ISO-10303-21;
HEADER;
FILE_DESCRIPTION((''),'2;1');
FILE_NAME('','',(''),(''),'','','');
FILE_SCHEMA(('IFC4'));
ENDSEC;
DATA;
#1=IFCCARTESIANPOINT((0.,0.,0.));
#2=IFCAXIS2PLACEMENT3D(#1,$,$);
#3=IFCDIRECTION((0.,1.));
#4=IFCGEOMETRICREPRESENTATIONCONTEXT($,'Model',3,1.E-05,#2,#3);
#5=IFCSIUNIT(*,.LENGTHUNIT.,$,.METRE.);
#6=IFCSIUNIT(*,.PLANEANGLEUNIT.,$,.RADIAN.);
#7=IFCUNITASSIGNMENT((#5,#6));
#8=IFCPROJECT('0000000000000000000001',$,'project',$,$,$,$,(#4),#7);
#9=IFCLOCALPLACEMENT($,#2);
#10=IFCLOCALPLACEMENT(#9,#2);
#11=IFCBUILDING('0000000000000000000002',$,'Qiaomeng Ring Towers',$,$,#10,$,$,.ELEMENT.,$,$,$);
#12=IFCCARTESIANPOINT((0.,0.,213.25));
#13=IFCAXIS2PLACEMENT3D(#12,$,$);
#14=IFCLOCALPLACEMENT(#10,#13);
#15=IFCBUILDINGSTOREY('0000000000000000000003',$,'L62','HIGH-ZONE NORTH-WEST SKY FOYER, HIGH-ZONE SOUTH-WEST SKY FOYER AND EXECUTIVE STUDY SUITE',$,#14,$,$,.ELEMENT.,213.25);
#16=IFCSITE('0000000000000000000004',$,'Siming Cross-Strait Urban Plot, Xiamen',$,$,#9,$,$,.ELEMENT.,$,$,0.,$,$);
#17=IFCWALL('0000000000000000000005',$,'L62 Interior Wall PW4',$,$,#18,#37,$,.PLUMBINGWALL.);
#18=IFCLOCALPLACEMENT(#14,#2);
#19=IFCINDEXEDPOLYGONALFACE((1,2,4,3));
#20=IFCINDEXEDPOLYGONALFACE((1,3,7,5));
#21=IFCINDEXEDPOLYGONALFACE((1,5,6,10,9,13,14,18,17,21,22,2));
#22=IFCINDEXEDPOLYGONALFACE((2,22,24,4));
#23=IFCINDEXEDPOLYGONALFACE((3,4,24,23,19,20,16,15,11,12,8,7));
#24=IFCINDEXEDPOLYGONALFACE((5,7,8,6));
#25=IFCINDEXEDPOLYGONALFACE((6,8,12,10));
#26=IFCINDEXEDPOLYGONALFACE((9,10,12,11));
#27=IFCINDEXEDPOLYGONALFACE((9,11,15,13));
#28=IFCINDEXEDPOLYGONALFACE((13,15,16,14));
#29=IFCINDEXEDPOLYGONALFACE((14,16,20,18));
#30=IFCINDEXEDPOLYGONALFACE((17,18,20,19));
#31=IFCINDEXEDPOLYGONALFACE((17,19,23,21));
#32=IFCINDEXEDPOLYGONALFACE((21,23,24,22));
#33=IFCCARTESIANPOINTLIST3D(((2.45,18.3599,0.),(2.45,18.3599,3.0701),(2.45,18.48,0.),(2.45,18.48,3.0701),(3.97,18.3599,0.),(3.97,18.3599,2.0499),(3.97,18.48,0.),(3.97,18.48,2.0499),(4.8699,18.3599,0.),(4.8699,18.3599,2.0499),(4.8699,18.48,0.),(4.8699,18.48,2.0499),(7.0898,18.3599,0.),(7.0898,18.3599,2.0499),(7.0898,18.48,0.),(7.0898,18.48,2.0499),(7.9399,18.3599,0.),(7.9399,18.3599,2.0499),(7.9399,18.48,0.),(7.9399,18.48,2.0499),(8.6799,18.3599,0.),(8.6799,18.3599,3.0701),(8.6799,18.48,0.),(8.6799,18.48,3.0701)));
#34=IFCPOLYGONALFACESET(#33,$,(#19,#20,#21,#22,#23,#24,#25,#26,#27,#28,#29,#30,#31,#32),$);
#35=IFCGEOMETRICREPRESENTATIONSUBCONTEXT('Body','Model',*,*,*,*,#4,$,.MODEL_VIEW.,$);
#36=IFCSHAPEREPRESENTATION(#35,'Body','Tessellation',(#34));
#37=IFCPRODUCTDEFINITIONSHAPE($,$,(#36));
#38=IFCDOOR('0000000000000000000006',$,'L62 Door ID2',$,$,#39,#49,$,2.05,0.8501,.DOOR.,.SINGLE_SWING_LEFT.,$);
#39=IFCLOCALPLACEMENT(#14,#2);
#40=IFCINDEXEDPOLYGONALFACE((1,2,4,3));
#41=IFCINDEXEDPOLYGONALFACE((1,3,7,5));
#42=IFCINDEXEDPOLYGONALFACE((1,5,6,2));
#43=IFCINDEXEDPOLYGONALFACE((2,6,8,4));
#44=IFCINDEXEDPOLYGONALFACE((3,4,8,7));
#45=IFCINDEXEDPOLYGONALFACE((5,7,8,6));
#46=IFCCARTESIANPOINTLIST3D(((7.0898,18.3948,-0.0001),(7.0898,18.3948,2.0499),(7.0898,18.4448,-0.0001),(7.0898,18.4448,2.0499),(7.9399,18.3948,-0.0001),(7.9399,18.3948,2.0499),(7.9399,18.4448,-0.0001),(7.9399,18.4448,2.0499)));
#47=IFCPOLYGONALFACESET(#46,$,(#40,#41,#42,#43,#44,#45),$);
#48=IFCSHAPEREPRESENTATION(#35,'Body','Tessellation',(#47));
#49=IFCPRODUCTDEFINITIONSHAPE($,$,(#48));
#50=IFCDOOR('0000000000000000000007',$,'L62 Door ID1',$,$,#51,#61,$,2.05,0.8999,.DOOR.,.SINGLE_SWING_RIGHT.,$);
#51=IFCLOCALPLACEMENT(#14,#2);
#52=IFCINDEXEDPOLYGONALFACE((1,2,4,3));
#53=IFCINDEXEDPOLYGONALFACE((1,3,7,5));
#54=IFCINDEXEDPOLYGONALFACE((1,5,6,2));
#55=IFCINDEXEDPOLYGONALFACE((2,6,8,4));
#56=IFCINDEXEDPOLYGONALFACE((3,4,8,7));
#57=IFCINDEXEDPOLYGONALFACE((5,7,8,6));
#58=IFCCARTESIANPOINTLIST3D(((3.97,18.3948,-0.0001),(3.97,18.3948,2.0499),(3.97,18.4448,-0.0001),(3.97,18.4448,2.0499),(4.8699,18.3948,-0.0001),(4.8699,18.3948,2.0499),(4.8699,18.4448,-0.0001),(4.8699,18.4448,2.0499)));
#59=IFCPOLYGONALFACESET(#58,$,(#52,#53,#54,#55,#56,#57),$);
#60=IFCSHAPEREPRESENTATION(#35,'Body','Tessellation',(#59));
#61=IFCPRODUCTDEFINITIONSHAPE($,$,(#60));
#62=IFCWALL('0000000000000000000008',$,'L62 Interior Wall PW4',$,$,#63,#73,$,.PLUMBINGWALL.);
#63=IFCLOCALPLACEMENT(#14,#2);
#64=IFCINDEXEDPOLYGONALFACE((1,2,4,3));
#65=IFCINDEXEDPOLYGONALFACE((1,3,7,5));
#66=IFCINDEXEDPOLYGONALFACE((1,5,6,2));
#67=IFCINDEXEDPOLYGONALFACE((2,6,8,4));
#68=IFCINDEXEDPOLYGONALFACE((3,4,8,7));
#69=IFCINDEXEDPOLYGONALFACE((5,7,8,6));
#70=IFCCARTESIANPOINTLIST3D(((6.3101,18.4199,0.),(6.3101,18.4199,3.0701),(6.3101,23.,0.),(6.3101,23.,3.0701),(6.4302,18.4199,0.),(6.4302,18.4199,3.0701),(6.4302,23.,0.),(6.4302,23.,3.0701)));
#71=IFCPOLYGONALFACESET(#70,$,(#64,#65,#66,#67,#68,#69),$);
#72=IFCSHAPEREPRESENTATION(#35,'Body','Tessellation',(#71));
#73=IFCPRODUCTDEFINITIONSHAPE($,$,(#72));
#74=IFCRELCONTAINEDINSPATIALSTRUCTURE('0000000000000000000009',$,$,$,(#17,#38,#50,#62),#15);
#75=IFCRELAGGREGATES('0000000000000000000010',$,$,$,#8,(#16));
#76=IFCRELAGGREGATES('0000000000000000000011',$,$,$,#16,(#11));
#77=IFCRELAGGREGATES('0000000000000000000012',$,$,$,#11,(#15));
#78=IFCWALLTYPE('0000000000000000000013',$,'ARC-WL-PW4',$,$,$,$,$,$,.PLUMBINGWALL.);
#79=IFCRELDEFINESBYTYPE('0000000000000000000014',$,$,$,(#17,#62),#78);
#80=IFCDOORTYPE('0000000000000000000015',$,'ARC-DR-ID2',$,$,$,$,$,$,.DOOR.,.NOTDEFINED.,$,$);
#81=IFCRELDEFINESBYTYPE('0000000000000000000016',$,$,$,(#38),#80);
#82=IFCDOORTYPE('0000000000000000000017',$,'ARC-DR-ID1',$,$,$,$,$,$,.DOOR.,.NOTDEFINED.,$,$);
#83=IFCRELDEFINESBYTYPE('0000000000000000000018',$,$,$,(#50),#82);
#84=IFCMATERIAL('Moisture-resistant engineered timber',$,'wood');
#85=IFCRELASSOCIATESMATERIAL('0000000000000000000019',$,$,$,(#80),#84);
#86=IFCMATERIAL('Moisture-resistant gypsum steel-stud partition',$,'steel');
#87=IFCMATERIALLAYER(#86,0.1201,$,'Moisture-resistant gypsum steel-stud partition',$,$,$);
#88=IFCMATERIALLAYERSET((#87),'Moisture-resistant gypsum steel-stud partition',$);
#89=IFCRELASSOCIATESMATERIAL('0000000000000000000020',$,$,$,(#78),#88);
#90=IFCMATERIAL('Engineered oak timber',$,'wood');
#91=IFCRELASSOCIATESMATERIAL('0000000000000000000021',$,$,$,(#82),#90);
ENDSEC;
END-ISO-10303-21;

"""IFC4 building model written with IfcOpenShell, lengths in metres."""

from ifc_helpers import new_model, si_unit, direction, frame, frame_2d, origin, place, context, subcontext, project, spatial, rectangle, extrude, source, transform, mapped, material, layer, layer_set, type_object, element, fill, save


model = new_model("IFC4")

# Units and contexts
model_context = context("Model", 3, precision=1e-05, world=origin(), true_north=direction((0.0, 1.0)))
body_context = subcontext(model_context, "Body", "Model", "MODEL_VIEW")
ifc_project = project(units=[si_unit("LENGTHUNIT", "METRE"), si_unit("PLANEANGLEUNIT", "RADIAN")], contexts=[model_context])

# Site, building, storey
site_placement = place(None, origin())
site = spatial("IfcSite", under=ifc_project, at=site_placement, Name="Siming Cross-Strait Urban Plot, Xiamen", CompositionType="ELEMENT", RefElevation=0.0)
building_placement = place(site_placement, origin())
building = spatial("IfcBuilding", under=site, at=building_placement, Name="Qiaomeng Ring Towers", CompositionType="ELEMENT")
storey_placement = place(building_placement, frame((0.0, 0.0, 213.25)))
storey = spatial("IfcBuildingStorey", under=building, at=storey_placement, Name="L62", Description="HIGH-ZONE NORTH-WEST SKY FOYER, HIGH-ZONE SOUTH-WEST SKY FOYER AND EXECUTIVE STUDY SUITE", CompositionType="ELEMENT", Elevation=213.25)

# Shared definitions
ifc_material_1 = material(Name="Moisture-resistant engineered timber", Category="wood")
door_type_1 = type_object("IfcDoorType", Name="ARC-DR-ID2", OperationType="NOTDEFINED", PredefinedType="DOOR", material=ifc_material_1)
shared_shape_1 = source(origin(), body_context, "Body", "SweptSolid", [
    extrude(rectangle(XDim=0.8501, YDim=2.05, at=frame_2d((0.425, 1.0249))), frame((0.0, 0.0249, 0.0), z_axis=(0.0, -1.0, 0.0), x_axis=(1.0, 0.0, 0.0)), (0.0, 0.0, 1.0), 0.05),
])

# Shared definitions
ifc_material_2 = material(Name="Moisture-resistant gypsum steel-stud partition", Category="steel")
ifc_layer_1 = layer(ifc_material_2, 0.1201, Name="Moisture-resistant gypsum steel-stud partition")
ifc_layer_set_1 = layer_set([ifc_layer_1], Name="Moisture-resistant gypsum steel-stud partition")
wall_type_1 = type_object("IfcWallType", Name="ARC-WL-PW4", PredefinedType="PLUMBINGWALL", material=ifc_layer_set_1)
ifc_material_3 = material(Name="Engineered oak timber", Category="wood")
door_type_2 = type_object("IfcDoorType", Name="ARC-DR-ID1", OperationType="NOTDEFINED", PredefinedType="DOOR", material=ifc_material_3)
shared_shape_2 = source(origin(), body_context, "Body", "SweptSolid", [
    extrude(rectangle(XDim=0.8999, YDim=2.05, at=frame_2d((0.45, 1.0249))), frame((0.0, 0.0249, 0.0), z_axis=(0.0, -1.0, 0.0), x_axis=(1.0, 0.0, 0.0)), (0.0, 0.0, 1.0), 0.05),
])

# Wall, openings, doors
wall_1_placement = place(storey_placement, frame((2.45, 18.4199, 0.0), z_axis=(0.0, 0.0, 1.0), x_axis=(1.0, 0.0, 0.0)))
wall_1 = element("IfcWall", 1, at=wall_1_placement, inside=storey, type_object=wall_type_1, Name="L62 Interior Wall PW4", PredefinedType="PLUMBINGWALL", context=body_context, shape_type="SweptSolid", body=[
    extrude(rectangle(XDim=6.23, YDim=0.1201, at=frame_2d((3.115, 0.0))), origin(), (0.0, 0.0, 1.0), 3.0701),
])
opening_1_placement = place(wall_1_placement, frame((1.52, 0.0, 0.0)))
opening_1 = element("IfcOpeningElement", 2, at=opening_1_placement, cuts=wall_1, PredefinedType="OPENING", context=body_context, shape_type="SweptSolid", body=[
    extrude(rectangle(XDim=0.8999, YDim=2.05, at=frame_2d((0.45, 1.0249))), frame((0.0, 0.0701, 0.0), z_axis=(0.0, -1.0, 0.0), x_axis=(1.0, 0.0, 0.0)), (0.0, 0.0, 1.0), 0.1401),
])
opening_2_placement = place(wall_1_placement, frame((4.6399, 0.0, 0.0)))
opening_2 = element("IfcOpeningElement", 3, at=opening_2_placement, cuts=wall_1, PredefinedType="OPENING", context=body_context, shape_type="SweptSolid", body=[
    extrude(rectangle(XDim=0.8501, YDim=2.05, at=frame_2d((0.425, 1.0249))), frame((0.0, 0.0701, 0.0), z_axis=(0.0, -1.0, 0.0), x_axis=(1.0, 0.0, 0.0)), (0.0, 0.0, 1.0), 0.1401),
])
door_1_placement = place(opening_2_placement, origin())
door_1 = element("IfcDoor", 4, at=door_1_placement, inside=storey, type_object=door_type_1, Name="L62 Door ID2", OperationType="SINGLE_SWING_LEFT", OverallHeight=2.05, OverallWidth=0.8501, PredefinedType="DOOR", context=body_context, shape_type="MappedRepresentation", body=[
    mapped(shared_shape_1, transform((0.0, 0.0, 0.0), x_axis=(1.0, 0.0, 0.0), y_axis=(0.0, 1.0, 0.0), z_axis=(0.0, 0.0, 1.0), scale=1.0)),
])
fill(opening_2, door_1)
door_2_placement = place(opening_1_placement, origin())
door_2 = element("IfcDoor", 5, at=door_2_placement, inside=storey, type_object=door_type_2, Name="L62 Door ID1", OperationType="SINGLE_SWING_RIGHT", OverallHeight=2.05, OverallWidth=0.8999, PredefinedType="DOOR", context=body_context, shape_type="MappedRepresentation", body=[
    mapped(shared_shape_2, transform((0.0, 0.0, 0.0), x_axis=(1.0, 0.0, 0.0), y_axis=(0.0, 1.0, 0.0), z_axis=(0.0, 0.0, 1.0), scale=1.0)),
])
fill(opening_1, door_2)

# Wall
wall_2_placement = place(storey_placement, frame((6.3701, 18.4199, 0.0), z_axis=(0.0, 0.0, 1.0), x_axis=(0.0, 1.0, 0.0)))
element("IfcWall", 6, at=wall_2_placement, inside=storey, type_object=wall_type_1, Name="L62 Interior Wall PW4", PredefinedType="PLUMBINGWALL", context=body_context, shape_type="SweptSolid", body=[
    extrude(rectangle(XDim=4.5801, YDim=0.1201, at=frame_2d((2.29, 0.0))), origin(), (0.0, 0.0, 1.0), 3.0701),
])

save(model, "model.ifc")
